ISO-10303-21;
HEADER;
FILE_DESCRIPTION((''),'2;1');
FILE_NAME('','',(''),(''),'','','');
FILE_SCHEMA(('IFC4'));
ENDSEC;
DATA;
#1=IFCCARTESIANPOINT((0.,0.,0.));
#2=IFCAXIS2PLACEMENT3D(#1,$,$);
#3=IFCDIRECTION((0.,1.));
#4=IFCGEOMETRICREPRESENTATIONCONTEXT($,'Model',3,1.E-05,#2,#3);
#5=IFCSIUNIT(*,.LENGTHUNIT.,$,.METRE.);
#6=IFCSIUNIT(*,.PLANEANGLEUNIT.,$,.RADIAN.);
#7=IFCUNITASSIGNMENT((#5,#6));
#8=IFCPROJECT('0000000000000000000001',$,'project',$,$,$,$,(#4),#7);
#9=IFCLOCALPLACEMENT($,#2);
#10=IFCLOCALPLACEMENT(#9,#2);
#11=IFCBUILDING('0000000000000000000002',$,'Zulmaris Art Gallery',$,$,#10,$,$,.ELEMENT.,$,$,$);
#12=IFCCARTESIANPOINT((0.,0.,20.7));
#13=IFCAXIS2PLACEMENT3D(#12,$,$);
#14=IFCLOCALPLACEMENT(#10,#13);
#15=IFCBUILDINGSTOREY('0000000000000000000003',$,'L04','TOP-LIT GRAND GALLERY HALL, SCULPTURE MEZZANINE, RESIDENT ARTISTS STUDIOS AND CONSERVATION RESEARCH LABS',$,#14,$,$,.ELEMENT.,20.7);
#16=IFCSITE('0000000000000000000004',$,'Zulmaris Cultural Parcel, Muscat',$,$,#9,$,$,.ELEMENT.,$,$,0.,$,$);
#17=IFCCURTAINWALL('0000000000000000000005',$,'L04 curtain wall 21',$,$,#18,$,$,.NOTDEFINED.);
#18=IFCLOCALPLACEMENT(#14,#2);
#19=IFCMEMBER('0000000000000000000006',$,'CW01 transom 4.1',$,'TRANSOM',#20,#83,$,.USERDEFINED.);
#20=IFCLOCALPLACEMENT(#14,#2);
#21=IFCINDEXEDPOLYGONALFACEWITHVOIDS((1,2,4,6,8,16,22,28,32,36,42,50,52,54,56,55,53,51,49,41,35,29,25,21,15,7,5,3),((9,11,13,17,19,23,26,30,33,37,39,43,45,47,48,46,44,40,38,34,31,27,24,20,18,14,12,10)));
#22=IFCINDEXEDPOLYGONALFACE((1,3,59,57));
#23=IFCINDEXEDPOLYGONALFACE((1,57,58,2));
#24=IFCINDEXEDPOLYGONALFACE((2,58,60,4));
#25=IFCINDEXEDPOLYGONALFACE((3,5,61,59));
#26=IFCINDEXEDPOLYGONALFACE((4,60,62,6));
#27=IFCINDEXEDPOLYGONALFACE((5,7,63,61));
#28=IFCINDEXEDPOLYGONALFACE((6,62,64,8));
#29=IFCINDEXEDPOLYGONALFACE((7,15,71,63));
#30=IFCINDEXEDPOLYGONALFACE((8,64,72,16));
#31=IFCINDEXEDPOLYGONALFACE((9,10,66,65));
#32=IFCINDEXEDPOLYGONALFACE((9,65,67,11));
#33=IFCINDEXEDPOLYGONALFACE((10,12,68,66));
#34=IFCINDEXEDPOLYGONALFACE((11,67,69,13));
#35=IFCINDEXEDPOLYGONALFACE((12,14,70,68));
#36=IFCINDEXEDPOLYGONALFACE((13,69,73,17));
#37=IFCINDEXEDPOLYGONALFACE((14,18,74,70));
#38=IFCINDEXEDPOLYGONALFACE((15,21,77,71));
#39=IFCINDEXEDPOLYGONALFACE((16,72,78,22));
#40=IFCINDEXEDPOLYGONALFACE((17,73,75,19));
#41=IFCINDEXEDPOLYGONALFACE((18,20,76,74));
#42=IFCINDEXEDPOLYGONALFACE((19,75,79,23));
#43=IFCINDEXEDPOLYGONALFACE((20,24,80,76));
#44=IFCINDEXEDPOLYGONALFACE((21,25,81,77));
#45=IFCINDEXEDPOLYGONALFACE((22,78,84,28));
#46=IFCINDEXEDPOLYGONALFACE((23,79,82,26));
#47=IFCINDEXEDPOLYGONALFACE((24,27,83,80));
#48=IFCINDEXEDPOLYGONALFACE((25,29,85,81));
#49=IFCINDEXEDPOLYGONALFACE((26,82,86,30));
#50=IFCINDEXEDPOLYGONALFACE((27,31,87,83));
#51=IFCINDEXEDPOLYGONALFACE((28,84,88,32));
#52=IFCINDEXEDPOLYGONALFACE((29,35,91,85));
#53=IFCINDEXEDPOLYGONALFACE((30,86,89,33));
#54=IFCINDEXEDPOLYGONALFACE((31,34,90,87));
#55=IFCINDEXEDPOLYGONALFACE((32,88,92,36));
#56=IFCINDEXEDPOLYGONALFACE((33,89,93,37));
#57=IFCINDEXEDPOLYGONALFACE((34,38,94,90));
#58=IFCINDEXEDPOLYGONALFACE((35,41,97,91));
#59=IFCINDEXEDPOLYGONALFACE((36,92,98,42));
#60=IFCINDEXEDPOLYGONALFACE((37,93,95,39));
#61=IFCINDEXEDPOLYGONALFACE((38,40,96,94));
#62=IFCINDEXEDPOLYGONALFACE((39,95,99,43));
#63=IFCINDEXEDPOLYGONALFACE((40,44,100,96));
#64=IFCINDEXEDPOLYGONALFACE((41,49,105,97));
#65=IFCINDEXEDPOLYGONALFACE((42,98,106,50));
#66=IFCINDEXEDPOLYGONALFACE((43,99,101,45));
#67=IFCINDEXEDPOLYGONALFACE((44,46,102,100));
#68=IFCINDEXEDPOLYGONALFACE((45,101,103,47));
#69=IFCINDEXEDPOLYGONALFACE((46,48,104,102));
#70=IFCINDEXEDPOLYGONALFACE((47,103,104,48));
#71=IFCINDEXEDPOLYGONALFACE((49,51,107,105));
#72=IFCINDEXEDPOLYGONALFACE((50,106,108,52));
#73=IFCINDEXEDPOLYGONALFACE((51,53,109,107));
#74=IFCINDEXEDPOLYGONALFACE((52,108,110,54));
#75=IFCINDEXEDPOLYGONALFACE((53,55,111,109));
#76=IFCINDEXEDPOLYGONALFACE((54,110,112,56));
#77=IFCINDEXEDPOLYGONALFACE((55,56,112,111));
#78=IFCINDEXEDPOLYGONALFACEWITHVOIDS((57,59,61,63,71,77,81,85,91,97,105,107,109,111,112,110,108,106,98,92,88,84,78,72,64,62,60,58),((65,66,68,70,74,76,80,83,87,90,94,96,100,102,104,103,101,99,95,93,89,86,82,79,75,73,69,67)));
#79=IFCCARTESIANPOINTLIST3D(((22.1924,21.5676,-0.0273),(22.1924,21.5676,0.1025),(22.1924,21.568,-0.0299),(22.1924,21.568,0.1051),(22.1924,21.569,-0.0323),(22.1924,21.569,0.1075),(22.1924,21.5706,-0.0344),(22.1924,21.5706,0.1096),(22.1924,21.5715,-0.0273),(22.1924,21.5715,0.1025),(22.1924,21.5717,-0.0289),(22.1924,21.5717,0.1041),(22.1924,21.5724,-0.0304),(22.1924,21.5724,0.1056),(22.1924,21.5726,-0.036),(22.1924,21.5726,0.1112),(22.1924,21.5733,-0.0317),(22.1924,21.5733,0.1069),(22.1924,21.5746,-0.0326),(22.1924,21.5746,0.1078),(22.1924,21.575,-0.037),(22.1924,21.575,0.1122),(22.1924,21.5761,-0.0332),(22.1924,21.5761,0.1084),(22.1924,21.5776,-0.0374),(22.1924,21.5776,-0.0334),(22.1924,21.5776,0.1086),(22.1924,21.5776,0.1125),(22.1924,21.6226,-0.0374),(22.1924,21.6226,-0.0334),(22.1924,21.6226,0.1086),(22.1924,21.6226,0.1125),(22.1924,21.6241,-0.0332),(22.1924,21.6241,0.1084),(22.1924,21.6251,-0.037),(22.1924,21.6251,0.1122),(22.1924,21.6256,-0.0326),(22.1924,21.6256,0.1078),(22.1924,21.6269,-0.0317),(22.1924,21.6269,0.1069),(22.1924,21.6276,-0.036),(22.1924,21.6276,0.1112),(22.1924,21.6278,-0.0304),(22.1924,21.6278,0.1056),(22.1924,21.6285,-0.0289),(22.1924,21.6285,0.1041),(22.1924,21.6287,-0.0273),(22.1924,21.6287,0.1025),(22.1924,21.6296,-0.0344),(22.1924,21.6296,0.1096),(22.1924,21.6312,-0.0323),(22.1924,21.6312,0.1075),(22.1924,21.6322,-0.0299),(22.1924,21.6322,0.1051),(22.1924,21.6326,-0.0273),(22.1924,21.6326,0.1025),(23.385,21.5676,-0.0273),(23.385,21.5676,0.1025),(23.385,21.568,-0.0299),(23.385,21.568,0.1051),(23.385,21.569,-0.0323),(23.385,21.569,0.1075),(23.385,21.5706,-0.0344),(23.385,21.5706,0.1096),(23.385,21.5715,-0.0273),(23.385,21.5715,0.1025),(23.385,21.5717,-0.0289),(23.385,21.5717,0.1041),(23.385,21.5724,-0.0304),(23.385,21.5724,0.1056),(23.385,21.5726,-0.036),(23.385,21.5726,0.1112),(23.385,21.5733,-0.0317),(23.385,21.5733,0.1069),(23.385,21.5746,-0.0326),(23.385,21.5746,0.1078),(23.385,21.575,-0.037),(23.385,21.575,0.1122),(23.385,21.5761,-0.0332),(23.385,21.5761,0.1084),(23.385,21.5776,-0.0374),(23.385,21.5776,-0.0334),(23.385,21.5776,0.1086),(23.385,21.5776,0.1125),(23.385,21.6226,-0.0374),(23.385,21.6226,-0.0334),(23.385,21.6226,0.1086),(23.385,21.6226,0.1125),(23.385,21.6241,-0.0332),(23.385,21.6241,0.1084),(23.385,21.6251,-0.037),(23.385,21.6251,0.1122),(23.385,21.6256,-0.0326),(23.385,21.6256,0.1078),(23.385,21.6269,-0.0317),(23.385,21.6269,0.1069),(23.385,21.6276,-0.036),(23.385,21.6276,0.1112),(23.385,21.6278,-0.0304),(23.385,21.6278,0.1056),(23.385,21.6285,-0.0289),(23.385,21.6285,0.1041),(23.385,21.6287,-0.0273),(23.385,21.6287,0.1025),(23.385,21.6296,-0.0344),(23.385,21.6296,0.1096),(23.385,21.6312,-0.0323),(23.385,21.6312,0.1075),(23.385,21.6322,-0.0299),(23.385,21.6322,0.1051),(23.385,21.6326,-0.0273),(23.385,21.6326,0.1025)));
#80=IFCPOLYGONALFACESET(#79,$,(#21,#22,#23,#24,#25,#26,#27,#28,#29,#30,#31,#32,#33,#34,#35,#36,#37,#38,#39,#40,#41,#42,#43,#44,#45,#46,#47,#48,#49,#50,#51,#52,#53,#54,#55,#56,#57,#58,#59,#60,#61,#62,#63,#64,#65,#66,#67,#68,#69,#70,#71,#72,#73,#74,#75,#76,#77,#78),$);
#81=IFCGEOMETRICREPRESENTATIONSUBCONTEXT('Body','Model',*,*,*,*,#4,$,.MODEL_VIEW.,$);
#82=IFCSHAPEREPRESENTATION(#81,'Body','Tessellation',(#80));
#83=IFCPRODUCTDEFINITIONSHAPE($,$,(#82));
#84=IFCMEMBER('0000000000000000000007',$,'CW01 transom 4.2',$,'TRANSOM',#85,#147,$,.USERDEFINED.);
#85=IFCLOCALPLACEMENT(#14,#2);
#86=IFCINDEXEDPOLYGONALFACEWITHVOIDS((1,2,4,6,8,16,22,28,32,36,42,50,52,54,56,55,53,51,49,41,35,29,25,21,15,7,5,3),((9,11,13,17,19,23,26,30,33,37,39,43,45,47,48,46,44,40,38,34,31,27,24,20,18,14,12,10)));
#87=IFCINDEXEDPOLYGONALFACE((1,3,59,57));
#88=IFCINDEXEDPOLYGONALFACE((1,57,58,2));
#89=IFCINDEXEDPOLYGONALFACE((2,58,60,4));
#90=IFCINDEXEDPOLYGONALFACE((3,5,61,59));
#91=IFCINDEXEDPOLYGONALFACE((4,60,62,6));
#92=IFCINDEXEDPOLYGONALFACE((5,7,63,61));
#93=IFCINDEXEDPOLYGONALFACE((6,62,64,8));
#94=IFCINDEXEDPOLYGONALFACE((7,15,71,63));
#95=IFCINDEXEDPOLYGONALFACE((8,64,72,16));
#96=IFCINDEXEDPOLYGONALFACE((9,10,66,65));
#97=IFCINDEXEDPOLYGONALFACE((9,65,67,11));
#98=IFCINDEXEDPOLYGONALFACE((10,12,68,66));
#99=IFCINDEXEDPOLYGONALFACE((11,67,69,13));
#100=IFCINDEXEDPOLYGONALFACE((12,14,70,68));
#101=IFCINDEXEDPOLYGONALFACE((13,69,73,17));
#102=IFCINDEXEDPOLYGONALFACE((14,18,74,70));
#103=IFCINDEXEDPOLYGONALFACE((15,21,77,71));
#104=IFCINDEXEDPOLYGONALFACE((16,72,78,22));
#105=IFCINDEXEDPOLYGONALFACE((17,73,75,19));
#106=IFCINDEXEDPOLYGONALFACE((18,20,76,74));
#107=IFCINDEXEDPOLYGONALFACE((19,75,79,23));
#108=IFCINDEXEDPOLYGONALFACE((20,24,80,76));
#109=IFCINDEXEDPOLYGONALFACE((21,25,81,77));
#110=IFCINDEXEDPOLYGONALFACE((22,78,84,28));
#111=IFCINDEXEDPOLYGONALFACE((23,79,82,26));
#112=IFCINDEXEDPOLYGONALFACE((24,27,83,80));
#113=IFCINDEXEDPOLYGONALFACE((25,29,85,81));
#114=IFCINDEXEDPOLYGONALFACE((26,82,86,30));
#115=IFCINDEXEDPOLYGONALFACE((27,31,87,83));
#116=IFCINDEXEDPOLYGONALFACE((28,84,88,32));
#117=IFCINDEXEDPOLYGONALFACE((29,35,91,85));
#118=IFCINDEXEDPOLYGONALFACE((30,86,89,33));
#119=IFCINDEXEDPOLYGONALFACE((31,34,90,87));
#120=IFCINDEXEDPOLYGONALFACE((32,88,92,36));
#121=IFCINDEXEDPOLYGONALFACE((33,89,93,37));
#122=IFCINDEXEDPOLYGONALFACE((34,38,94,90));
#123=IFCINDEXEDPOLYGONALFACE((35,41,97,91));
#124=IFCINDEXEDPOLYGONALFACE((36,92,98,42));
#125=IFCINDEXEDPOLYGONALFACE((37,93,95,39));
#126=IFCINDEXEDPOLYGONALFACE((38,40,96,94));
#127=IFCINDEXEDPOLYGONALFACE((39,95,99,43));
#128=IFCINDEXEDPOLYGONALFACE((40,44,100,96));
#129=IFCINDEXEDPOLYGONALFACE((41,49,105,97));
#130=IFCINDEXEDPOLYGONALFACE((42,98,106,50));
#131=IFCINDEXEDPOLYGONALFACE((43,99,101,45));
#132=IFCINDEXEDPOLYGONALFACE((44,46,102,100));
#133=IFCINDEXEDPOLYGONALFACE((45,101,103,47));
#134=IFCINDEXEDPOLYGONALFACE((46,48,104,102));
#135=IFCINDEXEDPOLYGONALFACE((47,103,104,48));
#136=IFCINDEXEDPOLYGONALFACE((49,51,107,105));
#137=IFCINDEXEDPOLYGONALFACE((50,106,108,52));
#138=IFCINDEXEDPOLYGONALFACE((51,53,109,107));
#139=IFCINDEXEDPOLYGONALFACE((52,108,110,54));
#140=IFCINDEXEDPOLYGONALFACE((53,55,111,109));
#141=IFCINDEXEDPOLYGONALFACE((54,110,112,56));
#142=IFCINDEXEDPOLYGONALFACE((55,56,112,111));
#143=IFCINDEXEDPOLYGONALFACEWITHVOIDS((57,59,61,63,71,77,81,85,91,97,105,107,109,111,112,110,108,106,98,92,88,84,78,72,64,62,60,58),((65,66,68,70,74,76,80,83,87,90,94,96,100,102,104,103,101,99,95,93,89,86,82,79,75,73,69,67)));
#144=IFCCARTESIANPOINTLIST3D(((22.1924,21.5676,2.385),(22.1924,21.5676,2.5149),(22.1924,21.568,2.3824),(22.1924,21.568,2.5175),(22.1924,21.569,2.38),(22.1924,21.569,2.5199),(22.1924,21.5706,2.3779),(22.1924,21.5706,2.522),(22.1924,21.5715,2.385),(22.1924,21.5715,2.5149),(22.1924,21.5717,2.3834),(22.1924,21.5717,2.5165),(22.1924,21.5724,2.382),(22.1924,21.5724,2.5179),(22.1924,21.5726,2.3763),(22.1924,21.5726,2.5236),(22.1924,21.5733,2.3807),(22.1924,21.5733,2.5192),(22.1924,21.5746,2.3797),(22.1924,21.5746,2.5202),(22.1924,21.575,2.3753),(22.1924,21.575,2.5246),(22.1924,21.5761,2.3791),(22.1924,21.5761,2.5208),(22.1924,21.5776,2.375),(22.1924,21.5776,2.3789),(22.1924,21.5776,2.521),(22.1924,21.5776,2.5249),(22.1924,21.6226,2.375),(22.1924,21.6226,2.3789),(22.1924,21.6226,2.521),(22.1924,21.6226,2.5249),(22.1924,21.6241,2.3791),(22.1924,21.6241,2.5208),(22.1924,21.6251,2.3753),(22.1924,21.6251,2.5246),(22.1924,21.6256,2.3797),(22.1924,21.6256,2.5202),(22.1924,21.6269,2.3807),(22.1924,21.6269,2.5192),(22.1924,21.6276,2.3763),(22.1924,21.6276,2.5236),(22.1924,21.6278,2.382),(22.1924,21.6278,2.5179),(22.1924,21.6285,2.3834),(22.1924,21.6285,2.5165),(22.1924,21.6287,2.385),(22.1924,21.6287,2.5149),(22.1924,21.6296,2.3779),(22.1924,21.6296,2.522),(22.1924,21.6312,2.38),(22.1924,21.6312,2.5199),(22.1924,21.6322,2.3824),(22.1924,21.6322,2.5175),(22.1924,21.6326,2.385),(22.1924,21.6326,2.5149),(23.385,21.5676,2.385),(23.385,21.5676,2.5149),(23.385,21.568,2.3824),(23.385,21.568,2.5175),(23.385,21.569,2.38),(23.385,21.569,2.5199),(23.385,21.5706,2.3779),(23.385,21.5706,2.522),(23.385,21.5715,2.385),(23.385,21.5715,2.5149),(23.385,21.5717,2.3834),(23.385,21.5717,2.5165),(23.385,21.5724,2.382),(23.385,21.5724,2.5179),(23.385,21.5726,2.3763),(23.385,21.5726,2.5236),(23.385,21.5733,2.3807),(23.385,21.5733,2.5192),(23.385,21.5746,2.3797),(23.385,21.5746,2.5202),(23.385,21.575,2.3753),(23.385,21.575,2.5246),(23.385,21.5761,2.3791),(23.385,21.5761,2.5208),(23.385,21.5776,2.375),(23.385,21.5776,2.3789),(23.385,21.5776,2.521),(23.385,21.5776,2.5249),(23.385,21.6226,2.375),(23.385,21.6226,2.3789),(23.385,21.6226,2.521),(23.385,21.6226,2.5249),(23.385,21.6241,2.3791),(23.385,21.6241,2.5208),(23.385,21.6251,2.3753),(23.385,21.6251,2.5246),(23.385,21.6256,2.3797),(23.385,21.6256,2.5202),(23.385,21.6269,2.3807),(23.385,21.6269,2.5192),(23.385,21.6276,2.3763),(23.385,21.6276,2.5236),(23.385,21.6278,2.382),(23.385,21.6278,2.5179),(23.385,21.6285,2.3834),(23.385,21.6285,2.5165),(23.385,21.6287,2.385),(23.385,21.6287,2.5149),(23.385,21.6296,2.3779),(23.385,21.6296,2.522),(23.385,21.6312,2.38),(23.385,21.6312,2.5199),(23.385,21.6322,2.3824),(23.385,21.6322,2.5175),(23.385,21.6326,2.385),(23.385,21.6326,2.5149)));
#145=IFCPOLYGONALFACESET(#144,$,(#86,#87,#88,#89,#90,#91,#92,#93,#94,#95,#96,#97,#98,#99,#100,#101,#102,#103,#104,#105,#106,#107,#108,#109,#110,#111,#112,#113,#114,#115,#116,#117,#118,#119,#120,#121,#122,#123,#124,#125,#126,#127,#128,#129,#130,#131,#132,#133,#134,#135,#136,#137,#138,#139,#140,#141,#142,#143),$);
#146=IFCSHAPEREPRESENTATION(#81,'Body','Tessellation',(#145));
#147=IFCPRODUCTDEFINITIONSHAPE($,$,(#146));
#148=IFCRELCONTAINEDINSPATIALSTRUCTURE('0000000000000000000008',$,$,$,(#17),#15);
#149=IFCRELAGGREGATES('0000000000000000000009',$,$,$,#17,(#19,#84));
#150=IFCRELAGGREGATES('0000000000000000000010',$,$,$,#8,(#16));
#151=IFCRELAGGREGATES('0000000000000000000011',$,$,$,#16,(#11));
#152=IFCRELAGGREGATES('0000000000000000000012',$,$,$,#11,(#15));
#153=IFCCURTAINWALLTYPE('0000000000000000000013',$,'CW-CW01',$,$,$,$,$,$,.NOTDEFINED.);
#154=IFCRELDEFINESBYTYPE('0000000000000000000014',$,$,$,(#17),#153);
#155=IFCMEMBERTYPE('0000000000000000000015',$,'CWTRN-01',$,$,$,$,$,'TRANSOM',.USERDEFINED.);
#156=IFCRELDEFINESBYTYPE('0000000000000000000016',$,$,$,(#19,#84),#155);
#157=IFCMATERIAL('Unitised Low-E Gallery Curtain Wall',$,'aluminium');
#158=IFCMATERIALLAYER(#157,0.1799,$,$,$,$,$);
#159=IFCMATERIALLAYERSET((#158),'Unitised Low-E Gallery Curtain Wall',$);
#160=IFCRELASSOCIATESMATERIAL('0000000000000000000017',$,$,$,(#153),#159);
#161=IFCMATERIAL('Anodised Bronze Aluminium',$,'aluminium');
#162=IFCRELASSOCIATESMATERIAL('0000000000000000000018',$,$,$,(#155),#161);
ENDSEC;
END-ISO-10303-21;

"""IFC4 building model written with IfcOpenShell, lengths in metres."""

from ifc_helpers import new_model, si_unit, direction, frame, origin, origin_2d, place, context, subcontext, project, spatial, hollow_rectangle, extrude, material, layer, layer_set, material_profile, profile_set, type_object, element, aggregate, save


model = new_model("IFC4")

# Units and contexts
model_context = context("Model", 3, precision=1e-05, world=origin(), true_north=direction((0.0, 1.0)))
body_context = subcontext(model_context, "Body", "Model", "MODEL_VIEW")
ifc_project = project(units=[si_unit("LENGTHUNIT", "METRE"), si_unit("PLANEANGLEUNIT", "RADIAN")], contexts=[model_context])

# Site, building, storey
site_placement = place(None, origin())
site = spatial("IfcSite", under=ifc_project, at=site_placement, Name="Zulmaris Cultural Parcel, Muscat", CompositionType="ELEMENT", RefElevation=0.0)
building_placement = place(site_placement, origin())
building = spatial("IfcBuilding", under=site, at=building_placement, Name="Zulmaris Art Gallery", CompositionType="ELEMENT")
storey_placement = place(building_placement, frame((0.0, 0.0, 20.7)))
storey = spatial("IfcBuildingStorey", under=building, at=storey_placement, Name="L04", Description="TOP-LIT GRAND GALLERY HALL, SCULPTURE MEZZANINE, RESIDENT ARTISTS STUDIOS AND CONSERVATION RESEARCH LABS", CompositionType="ELEMENT", Elevation=20.7)

# Curtain wall
ifc_material_1 = material(Name="Unitised Low-E Gallery Curtain Wall", Category="aluminium")
ifc_layer_1 = layer(ifc_material_1, 0.1799)
ifc_layer_set_1 = layer_set([ifc_layer_1], Name="Unitised Low-E Gallery Curtain Wall")
curtain_wall_type_1 = type_object("IfcCurtainWallType", Name="CW-CW01", PredefinedType="NOTDEFINED", material=ifc_layer_set_1)
curtain_wall_1_placement = place(storey_placement, origin())
curtain_wall_1 = element("IfcCurtainWall", 1, at=curtain_wall_1_placement, inside=storey, type_object=curtain_wall_type_1, Name="L04 curtain wall 21", PredefinedType="NOTDEFINED")
ifc_material_2 = material(Name="Anodised Bronze Aluminium", Category="aluminium")

# Members
ifc_material_profile_1 = material_profile(ifc_material_2, hollow_rectangle(XDim=0.0649, YDim=0.1499, WallThickness=0.0039, InnerFilletRadius=0.0061, OuterFilletRadius=0.01, at=origin_2d()), Name="ALU 65x150x4")
ifc_profile_set_1 = profile_set([ifc_material_profile_1], Name="Anodised Bronze Aluminium")
member_type_1 = type_object("IfcMemberType", Name="CWTRN-01", ElementType="TRANSOM", PredefinedType="USERDEFINED", material=ifc_profile_set_1)
member_1_placement = place(storey_placement, frame((22.1924, 21.6001, 0.0376), z_axis=(1.0, 0.0, 0.0), x_axis=(0.0, 1.0, 0.0)))
member_1 = element("IfcMember", 2, at=member_1_placement, type_object=member_type_1, Name="CW01 transom 4.1", ObjectType="TRANSOM", PredefinedType="USERDEFINED", context=body_context, shape_type="SweptSolid", body=[
    extrude(hollow_rectangle(XDim=0.0649, YDim=0.1499, WallThickness=0.0039, InnerFilletRadius=0.0061, OuterFilletRadius=0.01, at=origin_2d()), origin(), (0.0, 0.0, 1.0), 1.1926),
])
member_2_placement = place(storey_placement, frame((22.1924, 21.6001, 2.45), z_axis=(1.0, 0.0, 0.0), x_axis=(0.0, 1.0, 0.0)))
member_2 = element("IfcMember", 3, at=member_2_placement, type_object=member_type_1, Name="CW01 transom 4.2", ObjectType="TRANSOM", PredefinedType="USERDEFINED", context=body_context, shape_type="SweptSolid", body=[
    extrude(hollow_rectangle(XDim=0.0649, YDim=0.1499, WallThickness=0.0039, InnerFilletRadius=0.0061, OuterFilletRadius=0.01, at=origin_2d()), origin(), (0.0, 0.0, 1.0), 1.1926),
])

aggregate(curtain_wall_1, [member_1, member_2])

save(model, "model.ifc")
